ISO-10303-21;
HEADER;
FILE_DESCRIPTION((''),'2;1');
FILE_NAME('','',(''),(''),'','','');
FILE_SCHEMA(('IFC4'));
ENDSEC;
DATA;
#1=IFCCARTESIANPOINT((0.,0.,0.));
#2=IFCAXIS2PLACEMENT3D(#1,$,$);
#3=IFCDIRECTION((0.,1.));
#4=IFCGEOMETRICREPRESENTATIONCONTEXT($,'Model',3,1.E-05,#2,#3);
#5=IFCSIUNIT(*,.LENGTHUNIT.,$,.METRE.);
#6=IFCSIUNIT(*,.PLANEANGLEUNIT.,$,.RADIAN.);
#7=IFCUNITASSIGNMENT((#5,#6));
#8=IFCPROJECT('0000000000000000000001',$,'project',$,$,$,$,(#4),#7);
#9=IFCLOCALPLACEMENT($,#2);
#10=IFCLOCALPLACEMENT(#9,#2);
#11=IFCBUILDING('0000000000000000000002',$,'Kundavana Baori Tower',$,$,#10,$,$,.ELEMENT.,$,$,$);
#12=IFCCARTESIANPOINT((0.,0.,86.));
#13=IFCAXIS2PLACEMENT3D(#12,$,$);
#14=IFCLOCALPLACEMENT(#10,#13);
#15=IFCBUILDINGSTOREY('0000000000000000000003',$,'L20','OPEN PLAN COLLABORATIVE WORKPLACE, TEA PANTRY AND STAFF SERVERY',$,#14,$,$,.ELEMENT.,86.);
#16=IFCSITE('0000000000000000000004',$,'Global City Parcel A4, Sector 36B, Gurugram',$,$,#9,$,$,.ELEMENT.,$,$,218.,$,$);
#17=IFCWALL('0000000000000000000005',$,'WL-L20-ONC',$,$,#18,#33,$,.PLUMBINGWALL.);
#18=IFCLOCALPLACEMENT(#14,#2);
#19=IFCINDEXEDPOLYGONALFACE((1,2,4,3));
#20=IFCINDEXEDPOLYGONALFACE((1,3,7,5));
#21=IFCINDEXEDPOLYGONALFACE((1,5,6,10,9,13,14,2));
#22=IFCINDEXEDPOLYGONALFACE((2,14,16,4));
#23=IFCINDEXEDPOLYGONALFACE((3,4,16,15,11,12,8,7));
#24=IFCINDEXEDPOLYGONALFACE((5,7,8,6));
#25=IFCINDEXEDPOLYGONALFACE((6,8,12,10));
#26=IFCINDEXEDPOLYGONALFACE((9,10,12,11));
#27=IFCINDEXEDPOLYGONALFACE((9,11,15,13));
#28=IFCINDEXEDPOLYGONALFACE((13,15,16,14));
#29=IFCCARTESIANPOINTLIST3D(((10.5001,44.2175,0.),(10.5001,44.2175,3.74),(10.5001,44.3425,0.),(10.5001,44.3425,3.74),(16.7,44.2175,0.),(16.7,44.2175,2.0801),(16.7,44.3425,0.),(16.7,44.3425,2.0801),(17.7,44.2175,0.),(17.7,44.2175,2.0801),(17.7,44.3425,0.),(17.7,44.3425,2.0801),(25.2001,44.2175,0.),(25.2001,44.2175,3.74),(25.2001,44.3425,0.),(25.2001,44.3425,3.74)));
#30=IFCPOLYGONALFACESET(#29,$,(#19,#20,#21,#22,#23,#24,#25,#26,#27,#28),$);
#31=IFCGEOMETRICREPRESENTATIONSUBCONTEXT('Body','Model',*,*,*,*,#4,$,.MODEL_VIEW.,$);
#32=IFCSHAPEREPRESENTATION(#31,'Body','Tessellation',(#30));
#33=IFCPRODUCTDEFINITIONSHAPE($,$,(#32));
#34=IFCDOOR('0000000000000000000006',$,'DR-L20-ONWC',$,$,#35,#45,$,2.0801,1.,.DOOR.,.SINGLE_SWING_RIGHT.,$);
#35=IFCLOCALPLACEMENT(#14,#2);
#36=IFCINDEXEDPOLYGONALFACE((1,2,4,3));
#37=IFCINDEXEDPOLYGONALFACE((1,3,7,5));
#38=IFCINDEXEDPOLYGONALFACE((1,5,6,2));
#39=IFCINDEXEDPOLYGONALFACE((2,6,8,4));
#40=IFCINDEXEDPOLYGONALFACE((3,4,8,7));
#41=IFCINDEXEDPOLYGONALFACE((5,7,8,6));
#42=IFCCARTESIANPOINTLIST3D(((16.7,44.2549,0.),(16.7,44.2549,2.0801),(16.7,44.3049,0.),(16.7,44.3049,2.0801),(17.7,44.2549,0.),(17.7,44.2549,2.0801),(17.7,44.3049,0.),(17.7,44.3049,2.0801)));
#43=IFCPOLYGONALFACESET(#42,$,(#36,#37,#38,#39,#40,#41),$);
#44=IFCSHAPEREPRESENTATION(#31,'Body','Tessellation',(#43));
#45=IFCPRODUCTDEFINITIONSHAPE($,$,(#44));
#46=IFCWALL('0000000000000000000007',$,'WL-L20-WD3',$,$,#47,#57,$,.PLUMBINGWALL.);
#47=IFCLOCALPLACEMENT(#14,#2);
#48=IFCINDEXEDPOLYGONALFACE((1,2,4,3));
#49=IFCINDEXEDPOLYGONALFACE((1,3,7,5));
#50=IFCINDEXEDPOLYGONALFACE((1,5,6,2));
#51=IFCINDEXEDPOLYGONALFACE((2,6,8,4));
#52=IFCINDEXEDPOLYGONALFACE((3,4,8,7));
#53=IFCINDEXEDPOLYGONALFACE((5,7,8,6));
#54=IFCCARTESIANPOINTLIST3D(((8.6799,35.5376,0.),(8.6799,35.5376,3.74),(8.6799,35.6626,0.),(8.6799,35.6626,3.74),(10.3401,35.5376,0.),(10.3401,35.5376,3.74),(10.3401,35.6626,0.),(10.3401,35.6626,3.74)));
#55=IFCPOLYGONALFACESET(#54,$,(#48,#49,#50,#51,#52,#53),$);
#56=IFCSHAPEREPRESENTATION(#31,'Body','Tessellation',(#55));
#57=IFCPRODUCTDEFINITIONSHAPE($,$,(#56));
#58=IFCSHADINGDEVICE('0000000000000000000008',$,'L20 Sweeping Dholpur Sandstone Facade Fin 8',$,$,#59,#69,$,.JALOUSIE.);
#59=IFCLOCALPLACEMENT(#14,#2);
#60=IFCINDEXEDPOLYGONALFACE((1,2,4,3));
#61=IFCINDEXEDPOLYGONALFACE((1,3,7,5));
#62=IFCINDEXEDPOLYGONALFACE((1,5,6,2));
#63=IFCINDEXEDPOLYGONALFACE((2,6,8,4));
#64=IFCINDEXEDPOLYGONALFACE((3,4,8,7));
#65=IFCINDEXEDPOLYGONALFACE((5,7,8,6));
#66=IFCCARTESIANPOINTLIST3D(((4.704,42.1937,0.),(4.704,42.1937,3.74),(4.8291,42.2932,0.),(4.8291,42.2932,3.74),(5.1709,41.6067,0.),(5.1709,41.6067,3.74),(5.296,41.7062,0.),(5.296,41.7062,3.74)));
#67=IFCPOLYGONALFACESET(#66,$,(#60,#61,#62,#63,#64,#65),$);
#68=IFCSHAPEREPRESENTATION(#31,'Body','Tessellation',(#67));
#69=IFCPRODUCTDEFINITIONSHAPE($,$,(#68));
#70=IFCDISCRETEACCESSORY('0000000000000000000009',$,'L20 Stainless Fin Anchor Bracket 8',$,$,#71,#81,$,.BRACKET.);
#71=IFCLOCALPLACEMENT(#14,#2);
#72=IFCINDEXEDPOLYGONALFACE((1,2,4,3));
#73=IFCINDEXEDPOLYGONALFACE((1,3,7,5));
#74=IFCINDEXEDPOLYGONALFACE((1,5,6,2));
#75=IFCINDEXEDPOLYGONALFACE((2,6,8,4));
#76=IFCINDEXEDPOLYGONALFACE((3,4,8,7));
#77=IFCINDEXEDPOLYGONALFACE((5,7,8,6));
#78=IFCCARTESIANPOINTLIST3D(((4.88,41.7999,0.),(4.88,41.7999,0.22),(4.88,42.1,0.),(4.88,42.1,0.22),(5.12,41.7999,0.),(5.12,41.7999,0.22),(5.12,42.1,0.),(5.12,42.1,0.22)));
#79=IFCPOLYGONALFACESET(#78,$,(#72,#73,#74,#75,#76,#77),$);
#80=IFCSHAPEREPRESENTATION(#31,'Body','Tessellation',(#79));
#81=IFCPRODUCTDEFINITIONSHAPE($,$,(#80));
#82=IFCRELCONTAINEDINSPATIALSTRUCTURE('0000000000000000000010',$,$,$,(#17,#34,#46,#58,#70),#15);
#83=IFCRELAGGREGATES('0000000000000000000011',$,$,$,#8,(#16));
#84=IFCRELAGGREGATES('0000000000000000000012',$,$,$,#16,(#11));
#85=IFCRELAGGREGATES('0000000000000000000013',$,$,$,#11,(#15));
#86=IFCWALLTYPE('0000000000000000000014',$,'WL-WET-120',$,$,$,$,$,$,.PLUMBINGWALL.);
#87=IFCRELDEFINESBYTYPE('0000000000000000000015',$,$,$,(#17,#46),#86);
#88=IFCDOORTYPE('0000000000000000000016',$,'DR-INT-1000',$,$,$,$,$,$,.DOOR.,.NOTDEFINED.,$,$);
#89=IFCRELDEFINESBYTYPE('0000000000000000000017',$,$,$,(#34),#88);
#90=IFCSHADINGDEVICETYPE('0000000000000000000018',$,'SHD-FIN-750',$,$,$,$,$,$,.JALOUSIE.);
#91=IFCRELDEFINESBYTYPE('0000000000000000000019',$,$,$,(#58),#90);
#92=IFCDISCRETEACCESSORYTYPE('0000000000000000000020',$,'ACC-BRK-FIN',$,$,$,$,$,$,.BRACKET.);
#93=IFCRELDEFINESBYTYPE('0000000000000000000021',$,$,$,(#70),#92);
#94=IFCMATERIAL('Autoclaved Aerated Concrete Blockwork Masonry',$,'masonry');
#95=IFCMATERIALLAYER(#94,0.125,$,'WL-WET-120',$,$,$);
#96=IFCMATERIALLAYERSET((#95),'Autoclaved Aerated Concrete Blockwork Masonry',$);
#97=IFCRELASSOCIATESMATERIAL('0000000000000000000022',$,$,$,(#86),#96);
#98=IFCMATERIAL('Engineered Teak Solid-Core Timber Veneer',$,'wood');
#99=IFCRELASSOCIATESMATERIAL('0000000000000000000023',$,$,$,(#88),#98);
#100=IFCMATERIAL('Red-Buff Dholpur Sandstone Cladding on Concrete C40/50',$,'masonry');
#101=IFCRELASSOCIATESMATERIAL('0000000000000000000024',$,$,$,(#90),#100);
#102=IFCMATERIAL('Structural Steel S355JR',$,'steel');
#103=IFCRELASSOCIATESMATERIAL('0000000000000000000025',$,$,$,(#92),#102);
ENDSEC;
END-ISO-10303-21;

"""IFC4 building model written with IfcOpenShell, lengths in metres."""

from ifc_helpers import new_model, si_unit, direction, frame, frame_2d, origin, origin_2d, place, context, subcontext, project, spatial, rectangle, extrude, material, layer, layer_set, type_object, element, fill, save


model = new_model("IFC4")

# Units and contexts
model_context = context("Model", 3, precision=1e-05, world=origin(), true_north=direction((0.0, 1.0)))
body_context = subcontext(model_context, "Body", "Model", "MODEL_VIEW")
ifc_project = project(units=[si_unit("LENGTHUNIT", "METRE"), si_unit("PLANEANGLEUNIT", "RADIAN")], contexts=[model_context])

# Site, building, storey
site_placement = place(None, origin())
site = spatial("IfcSite", under=ifc_project, at=site_placement, Name="Global City Parcel A4, Sector 36B, Gurugram", CompositionType="ELEMENT", RefElevation=218.0)
building_placement = place(site_placement, origin())
building = spatial("IfcBuilding", under=site, at=building_placement, Name="Kundavana Baori Tower", CompositionType="ELEMENT")
storey_placement = place(building_placement, frame((0.0, 0.0, 86.0)))
storey = spatial("IfcBuildingStorey", under=building, at=storey_placement, Name="L20", Description="OPEN PLAN COLLABORATIVE WORKPLACE, TEA PANTRY AND STAFF SERVERY", CompositionType="ELEMENT", Elevation=86.0)

# Shared definitions
ifc_material_1 = material(Name="Autoclaved Aerated Concrete Blockwork Masonry", Category="masonry")
ifc_layer_1 = layer(ifc_material_1, 0.125, Name="WL-WET-120")
ifc_layer_set_1 = layer_set([ifc_layer_1], Name="Autoclaved Aerated Concrete Blockwork Masonry")
wall_type_1 = type_object("IfcWallType", Name="WL-WET-120", PredefinedType="PLUMBINGWALL", material=ifc_layer_set_1)

# Wall, opening, door
wall_1_placement = place(storey_placement, frame((10.5, 44.28, 0.0), z_axis=(0.0, 0.0, 1.0), x_axis=(1.0, 0.0, 0.0)))
wall_1 = element("IfcWall", 1, at=wall_1_placement, inside=storey, type_object=wall_type_1, Name="WL-L20-ONC", PredefinedType="PLUMBINGWALL", context=body_context, shape_type="SweptSolid", body=[
    extrude(rectangle(XDim=14.7, YDim=0.125, at=frame_2d((7.3501, 0.0))), origin(), (0.0, 0.0, 1.0), 3.74),
])
opening_1_placement = place(wall_1_placement, frame((6.2, 0.0, 0.0)))
opening_1 = element("IfcOpeningElement", 2, at=opening_1_placement, cuts=wall_1, PredefinedType="OPENING", context=body_context, shape_type="SweptSolid", body=[
    extrude(rectangle(XDim=1.0, YDim=2.0801, at=frame_2d((0.5, 1.04))), frame((0.0, 0.0725, 0.0), z_axis=(0.0, -1.0, 0.0), x_axis=(1.0, 0.0, 0.0)), (0.0, 0.0, 1.0), 0.145),
])
ifc_material_2 = material(Name="Engineered Teak Solid-Core Timber Veneer", Category="wood")
door_type_1 = type_object("IfcDoorType", Name="DR-INT-1000", OperationType="NOTDEFINED", PredefinedType="DOOR", material=ifc_material_2)
door_1_placement = place(opening_1_placement, origin())
door_1 = element("IfcDoor", 3, at=door_1_placement, inside=storey, type_object=door_type_1, Name="DR-L20-ONWC", OperationType="SINGLE_SWING_RIGHT", OverallHeight=2.0801, OverallWidth=1.0, PredefinedType="DOOR", context=body_context, shape_type="SweptSolid", body=[
    extrude(rectangle(XDim=1.0, YDim=2.0801, at=frame_2d((0.5, 1.04))), frame((0.0, 0.0249, 0.0), z_axis=(0.0, -1.0, 0.0), x_axis=(1.0, 0.0, 0.0)), (0.0, 0.0, 1.0), 0.05),
])
fill(opening_1, door_1)

# Wall
wall_2_placement = place(storey_placement, frame((8.6799, 35.6001, 0.0), z_axis=(0.0, 0.0, 1.0), x_axis=(1.0, 0.0, 0.0)))
element("IfcWall", 4, at=wall_2_placement, inside=storey, type_object=wall_type_1, Name="WL-L20-WD3", PredefinedType="PLUMBINGWALL", context=body_context, shape_type="SweptSolid", body=[
    extrude(rectangle(XDim=1.6602, YDim=0.125, at=frame_2d((0.8301, 0.0))), origin(), (0.0, 0.0, 1.0), 3.74),
])

# Shading device
ifc_material_3 = material(Name="Red-Buff Dholpur Sandstone Cladding on Concrete C40/50", Category="masonry")
shading_device_type = type_object("IfcShadingDeviceType", Name="SHD-FIN-750", PredefinedType="JALOUSIE", material=ifc_material_3)
shading_device_placement = place(storey_placement, frame((5.0, 41.95, 0.0), z_axis=(0.0, 0.0, 1.0), x_axis=(0.782608, 0.622515, 0.0)))
element("IfcShadingDevice", 5, at=shading_device_placement, inside=storey, type_object=shading_device_type, Name="L20 Sweeping Dholpur Sandstone Facade Fin 8", PredefinedType="JALOUSIE", context=body_context, shape_type="SweptSolid", body=[
    extrude(rectangle(XDim=0.1599, YDim=0.75, at=origin_2d()), origin(), (0.0, 0.0, 1.0), 3.74),
])

# Discrete accessory
ifc_material_4 = material(Name="Structural Steel S355JR", Category="steel")
discrete_accessory_type = type_object("IfcDiscreteAccessoryType", Name="ACC-BRK-FIN", PredefinedType="BRACKET", material=ifc_material_4)
discrete_accessory_placement = place(storey_placement, frame((5.0, 41.95, 0.0), z_axis=(0.0, 0.0, 1.0), x_axis=(1.0, 0.0, 0.0)))
element("IfcDiscreteAccessory", 6, at=discrete_accessory_placement, inside=storey, type_object=discrete_accessory_type, Name="L20 Stainless Fin Anchor Bracket 8", PredefinedType="BRACKET", context=body_context, shape_type="SweptSolid", body=[
    extrude(rectangle(XDim=0.24, YDim=0.3, at=origin_2d()), origin(), (0.0, 0.0, 1.0), 0.22),
])

save(model, "model.ifc")
